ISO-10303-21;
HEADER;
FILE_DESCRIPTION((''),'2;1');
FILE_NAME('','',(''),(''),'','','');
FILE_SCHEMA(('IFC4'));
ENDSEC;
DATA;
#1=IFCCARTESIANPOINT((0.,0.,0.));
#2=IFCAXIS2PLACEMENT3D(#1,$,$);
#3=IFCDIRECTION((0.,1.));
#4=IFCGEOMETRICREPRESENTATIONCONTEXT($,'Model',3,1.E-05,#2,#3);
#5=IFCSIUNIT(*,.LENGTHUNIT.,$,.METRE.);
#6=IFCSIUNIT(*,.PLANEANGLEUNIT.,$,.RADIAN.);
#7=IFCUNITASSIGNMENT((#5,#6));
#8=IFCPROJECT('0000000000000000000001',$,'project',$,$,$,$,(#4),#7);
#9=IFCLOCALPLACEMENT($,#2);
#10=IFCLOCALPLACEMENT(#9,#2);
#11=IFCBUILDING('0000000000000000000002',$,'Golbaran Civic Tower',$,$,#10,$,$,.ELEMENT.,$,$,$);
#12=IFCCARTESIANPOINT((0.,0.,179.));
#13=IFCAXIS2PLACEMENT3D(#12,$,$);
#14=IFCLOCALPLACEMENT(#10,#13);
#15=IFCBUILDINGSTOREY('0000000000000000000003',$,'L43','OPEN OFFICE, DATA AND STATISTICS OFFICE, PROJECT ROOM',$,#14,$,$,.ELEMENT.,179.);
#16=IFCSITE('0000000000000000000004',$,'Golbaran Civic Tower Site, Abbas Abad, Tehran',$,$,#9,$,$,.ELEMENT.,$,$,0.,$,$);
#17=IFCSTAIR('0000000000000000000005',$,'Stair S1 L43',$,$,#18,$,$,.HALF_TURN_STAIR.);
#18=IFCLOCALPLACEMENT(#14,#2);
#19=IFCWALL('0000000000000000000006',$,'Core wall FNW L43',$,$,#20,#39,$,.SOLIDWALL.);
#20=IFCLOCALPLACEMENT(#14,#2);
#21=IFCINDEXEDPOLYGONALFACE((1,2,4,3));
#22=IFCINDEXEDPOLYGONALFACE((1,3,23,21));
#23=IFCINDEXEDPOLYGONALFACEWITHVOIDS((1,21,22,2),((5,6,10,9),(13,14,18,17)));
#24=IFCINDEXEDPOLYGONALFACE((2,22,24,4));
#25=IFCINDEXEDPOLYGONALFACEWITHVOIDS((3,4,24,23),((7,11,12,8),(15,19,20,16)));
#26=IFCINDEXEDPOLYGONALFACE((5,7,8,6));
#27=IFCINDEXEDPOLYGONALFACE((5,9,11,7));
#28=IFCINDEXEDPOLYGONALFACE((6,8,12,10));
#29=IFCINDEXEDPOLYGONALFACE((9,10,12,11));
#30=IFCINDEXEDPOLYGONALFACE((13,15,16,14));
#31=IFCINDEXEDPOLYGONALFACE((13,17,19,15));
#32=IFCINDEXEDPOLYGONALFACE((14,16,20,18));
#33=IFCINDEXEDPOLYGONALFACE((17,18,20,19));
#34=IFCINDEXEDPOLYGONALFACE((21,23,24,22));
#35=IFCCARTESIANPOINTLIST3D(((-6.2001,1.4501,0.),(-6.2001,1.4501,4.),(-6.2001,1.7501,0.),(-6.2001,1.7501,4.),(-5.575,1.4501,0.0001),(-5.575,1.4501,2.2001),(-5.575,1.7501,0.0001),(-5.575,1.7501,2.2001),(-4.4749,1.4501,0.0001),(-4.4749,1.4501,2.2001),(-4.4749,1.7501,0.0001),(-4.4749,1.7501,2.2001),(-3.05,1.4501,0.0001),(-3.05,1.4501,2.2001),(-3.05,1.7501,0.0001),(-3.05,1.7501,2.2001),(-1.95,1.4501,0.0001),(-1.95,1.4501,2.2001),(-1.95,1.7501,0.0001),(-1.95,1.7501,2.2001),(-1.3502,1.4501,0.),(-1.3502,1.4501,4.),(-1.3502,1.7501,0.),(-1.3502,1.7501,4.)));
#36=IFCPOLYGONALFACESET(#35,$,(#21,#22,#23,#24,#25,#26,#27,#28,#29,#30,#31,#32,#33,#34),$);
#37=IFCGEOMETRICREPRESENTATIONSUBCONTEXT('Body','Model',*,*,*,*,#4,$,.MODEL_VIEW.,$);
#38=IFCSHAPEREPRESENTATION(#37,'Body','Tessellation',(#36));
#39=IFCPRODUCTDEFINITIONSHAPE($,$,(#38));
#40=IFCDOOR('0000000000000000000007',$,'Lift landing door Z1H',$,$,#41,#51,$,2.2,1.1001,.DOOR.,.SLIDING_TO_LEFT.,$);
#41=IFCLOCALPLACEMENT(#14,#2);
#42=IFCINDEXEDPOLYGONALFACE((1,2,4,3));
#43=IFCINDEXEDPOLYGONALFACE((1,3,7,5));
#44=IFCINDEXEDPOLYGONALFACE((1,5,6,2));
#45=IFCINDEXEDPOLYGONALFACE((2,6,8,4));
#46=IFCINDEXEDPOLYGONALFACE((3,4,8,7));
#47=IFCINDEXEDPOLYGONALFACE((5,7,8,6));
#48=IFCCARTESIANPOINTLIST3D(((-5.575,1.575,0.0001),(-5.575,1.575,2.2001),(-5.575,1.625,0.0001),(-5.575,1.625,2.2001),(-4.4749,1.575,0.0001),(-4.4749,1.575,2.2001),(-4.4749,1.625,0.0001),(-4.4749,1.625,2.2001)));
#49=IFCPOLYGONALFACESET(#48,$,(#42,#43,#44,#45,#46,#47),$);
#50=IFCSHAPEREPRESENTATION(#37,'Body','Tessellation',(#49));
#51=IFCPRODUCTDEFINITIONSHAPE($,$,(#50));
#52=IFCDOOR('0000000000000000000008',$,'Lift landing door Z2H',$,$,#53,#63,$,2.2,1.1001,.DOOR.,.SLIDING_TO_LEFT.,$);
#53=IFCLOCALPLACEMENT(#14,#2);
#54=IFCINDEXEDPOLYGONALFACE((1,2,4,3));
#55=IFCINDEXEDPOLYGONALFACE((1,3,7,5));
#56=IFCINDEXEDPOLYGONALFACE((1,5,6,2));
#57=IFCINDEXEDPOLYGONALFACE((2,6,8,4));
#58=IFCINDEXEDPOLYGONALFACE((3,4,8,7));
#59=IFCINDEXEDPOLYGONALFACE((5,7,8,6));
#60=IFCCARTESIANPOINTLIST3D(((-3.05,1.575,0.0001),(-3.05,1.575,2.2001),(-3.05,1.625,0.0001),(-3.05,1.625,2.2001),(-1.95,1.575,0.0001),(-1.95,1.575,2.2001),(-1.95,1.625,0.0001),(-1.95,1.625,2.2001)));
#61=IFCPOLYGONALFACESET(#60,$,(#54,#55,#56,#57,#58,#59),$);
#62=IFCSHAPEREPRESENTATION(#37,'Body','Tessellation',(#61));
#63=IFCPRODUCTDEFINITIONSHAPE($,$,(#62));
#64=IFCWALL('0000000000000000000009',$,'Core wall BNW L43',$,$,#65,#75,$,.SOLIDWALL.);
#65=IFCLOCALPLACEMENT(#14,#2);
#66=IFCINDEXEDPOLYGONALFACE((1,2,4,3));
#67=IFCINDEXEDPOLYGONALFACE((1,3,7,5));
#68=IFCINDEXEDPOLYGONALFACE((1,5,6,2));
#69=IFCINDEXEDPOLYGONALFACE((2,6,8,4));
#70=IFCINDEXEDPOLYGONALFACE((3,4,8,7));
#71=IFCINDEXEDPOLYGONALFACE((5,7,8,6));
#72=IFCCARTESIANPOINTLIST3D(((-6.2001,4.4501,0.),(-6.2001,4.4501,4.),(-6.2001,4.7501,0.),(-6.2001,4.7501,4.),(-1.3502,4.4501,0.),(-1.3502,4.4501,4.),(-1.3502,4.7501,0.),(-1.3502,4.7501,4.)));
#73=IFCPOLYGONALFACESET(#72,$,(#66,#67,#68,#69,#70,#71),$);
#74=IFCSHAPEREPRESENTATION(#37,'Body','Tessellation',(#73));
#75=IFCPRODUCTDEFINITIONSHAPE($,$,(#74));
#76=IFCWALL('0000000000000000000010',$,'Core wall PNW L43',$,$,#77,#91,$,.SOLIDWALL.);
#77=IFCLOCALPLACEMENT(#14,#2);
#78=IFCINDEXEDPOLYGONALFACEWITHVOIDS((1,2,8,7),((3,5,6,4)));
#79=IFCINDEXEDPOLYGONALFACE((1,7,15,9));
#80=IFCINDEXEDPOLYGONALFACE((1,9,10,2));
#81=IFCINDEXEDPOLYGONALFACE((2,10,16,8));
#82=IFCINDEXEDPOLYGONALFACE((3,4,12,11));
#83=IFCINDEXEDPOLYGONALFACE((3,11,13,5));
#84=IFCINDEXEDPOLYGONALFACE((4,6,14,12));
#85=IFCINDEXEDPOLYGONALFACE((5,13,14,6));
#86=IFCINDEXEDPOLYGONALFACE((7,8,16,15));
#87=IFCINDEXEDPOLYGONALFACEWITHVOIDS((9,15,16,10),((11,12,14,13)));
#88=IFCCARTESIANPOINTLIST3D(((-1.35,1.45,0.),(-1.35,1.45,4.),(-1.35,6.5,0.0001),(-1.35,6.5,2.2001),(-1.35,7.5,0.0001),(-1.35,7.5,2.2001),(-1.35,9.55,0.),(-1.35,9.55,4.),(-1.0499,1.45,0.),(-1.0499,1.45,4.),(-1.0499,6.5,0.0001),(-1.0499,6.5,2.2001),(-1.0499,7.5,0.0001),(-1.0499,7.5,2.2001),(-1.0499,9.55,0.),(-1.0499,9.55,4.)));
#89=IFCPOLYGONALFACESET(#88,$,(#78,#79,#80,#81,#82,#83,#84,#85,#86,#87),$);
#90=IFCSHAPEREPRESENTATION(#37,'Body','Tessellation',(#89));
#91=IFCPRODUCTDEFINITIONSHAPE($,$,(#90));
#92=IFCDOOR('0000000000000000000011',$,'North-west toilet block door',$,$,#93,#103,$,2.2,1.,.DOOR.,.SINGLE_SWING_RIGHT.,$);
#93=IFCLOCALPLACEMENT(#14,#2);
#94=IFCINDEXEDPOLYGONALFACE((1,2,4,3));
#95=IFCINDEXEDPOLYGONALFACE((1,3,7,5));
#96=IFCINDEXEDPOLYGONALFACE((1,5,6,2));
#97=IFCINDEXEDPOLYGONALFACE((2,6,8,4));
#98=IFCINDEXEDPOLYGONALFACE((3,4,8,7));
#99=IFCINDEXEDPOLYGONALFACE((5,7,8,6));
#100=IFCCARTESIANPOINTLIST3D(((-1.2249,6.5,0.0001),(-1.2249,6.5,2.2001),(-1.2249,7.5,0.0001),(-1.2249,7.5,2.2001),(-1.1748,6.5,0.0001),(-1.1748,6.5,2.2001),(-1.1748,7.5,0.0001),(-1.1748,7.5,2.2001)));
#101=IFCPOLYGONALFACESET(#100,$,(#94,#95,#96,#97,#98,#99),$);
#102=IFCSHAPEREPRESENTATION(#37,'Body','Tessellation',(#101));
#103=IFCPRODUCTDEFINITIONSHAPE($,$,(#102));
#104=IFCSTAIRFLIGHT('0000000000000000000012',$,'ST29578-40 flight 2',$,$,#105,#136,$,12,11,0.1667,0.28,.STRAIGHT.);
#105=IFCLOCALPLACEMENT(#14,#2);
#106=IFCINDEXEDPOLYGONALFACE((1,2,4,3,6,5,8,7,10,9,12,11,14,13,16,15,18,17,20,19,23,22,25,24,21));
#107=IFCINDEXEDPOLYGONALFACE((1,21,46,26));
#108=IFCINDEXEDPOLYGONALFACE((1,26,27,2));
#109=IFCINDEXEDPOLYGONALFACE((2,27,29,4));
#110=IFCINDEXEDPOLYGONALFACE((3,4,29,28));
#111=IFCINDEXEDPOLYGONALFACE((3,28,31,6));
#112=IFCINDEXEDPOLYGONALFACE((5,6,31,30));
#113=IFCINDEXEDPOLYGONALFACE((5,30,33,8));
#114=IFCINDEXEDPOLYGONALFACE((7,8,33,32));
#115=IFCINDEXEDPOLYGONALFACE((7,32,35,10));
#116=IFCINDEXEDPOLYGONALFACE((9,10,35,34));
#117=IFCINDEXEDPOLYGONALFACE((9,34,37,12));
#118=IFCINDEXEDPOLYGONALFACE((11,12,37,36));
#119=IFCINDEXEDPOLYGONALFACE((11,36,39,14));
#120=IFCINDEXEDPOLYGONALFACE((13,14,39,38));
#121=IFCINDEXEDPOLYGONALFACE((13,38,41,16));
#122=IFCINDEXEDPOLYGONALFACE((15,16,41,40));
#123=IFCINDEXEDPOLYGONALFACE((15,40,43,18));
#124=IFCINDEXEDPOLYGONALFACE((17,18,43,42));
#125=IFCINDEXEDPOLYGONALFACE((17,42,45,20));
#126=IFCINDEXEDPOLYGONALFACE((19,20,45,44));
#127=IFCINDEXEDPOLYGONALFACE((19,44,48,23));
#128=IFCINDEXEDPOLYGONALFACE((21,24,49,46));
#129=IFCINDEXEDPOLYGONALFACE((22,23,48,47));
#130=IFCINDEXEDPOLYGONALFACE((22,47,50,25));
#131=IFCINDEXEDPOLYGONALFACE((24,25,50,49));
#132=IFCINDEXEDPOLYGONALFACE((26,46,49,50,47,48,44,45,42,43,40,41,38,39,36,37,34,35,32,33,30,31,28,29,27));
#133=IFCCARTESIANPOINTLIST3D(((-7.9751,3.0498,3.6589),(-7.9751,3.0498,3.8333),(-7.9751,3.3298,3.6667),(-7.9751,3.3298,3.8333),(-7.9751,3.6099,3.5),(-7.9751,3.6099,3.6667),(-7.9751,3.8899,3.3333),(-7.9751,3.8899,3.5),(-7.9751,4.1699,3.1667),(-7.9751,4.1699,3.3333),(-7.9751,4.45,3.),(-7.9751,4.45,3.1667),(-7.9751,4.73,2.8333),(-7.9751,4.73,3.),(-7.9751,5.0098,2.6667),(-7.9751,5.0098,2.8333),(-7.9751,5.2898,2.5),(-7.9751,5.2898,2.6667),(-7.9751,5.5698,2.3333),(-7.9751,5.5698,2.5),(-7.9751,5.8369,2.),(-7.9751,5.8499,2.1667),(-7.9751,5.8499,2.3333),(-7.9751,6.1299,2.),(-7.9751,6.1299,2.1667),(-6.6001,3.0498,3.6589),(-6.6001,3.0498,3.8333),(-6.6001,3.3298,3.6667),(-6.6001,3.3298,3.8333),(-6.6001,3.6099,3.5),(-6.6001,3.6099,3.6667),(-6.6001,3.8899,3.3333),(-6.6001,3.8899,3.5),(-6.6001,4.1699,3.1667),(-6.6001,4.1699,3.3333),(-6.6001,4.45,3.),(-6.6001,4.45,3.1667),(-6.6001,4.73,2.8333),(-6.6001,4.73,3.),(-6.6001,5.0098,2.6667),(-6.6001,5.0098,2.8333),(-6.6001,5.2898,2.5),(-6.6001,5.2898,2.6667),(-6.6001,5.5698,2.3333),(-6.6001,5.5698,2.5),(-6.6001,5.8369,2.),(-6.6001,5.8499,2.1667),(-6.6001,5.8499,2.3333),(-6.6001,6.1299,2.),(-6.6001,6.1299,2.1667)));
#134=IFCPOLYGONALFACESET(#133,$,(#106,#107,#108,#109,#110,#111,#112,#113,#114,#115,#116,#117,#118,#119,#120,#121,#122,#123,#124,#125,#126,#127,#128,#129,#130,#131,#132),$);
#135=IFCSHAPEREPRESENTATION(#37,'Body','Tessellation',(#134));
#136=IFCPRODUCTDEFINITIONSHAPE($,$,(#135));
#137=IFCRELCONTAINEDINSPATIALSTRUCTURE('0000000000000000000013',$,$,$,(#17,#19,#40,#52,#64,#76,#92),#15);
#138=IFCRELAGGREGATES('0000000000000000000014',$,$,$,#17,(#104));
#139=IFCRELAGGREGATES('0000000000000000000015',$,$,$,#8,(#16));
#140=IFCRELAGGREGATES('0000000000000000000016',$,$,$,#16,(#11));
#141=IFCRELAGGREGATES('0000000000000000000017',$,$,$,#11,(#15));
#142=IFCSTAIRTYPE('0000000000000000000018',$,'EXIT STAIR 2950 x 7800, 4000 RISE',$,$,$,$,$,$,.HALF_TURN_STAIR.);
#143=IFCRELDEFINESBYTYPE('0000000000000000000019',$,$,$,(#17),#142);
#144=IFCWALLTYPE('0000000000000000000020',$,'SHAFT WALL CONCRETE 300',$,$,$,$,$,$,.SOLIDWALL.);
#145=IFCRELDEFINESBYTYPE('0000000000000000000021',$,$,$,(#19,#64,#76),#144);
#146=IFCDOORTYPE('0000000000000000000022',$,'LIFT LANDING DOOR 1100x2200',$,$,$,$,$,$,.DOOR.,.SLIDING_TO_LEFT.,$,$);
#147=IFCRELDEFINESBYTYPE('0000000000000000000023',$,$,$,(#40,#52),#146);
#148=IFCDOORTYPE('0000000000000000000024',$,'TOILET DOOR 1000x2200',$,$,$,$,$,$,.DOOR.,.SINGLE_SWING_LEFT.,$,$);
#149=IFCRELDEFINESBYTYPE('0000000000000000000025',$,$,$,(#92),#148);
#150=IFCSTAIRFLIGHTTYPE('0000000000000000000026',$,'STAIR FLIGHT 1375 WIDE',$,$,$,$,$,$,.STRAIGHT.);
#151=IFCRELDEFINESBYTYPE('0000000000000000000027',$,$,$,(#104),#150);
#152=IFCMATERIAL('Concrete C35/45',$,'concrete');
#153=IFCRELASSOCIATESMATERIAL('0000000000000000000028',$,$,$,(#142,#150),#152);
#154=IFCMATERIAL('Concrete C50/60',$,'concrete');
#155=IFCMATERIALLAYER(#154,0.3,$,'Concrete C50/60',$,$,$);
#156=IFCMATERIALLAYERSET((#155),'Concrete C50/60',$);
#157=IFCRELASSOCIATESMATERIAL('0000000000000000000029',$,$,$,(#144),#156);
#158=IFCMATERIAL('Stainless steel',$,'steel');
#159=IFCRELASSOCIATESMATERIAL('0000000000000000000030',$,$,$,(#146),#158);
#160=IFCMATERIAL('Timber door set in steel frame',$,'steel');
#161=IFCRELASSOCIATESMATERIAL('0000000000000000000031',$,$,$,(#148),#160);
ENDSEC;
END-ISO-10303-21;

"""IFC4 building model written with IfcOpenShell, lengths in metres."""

from ifc_helpers import new_model, si_unit, direction, frame, frame_2d, origin, place, context, subcontext, project, spatial, polyline, rectangle, outline, extrude, material, layer, layer_set, type_object, element, fill, aggregate, save


model = new_model("IFC4")

# Units and contexts
model_context = context("Model", 3, precision=1e-05, world=origin(), true_north=direction((0.0, 1.0)))
body_context = subcontext(model_context, "Body", "Model", "MODEL_VIEW")
ifc_project = project(units=[si_unit("LENGTHUNIT", "METRE"), si_unit("PLANEANGLEUNIT", "RADIAN")], contexts=[model_context])

# Site, building, storey
site_placement = place(None, origin())
site = spatial("IfcSite", under=ifc_project, at=site_placement, Name="Golbaran Civic Tower Site, Abbas Abad, Tehran", CompositionType="ELEMENT", RefElevation=0.0)
building_placement = place(site_placement, origin())
building = spatial("IfcBuilding", under=site, at=building_placement, Name="Golbaran Civic Tower", CompositionType="ELEMENT")
storey_placement = place(building_placement, frame((0.0, 0.0, 179.0)))
storey = spatial("IfcBuildingStorey", under=building, at=storey_placement, Name="L43", Description="OPEN OFFICE, DATA AND STATISTICS OFFICE, PROJECT ROOM", CompositionType="ELEMENT", Elevation=179.0)

# Shared definitions
ifc_material_1 = material(Name="Concrete C35/45", Category="concrete")

# Stair
stair_type_1 = type_object("IfcStairType", Name="EXIT STAIR 2950 x 7800, 4000 RISE", PredefinedType="HALF_TURN_STAIR", material=ifc_material_1)
stair_1_placement = place(storey_placement, origin())
stair_1 = element("IfcStair", 1, at=stair_1_placement, inside=storey, type_object=stair_type_1, Name="Stair S1 L43", PredefinedType="HALF_TURN_STAIR")

# Wall, openings, doors
ifc_material_2 = material(Name="Concrete C50/60", Category="concrete")
ifc_layer_1 = layer(ifc_material_2, 0.3, Name="Concrete C50/60")
ifc_layer_set_1 = layer_set([ifc_layer_1], Name="Concrete C50/60")
wall_type_1 = type_object("IfcWallType", Name="SHAFT WALL CONCRETE 300", PredefinedType="SOLIDWALL", material=ifc_layer_set_1)
wall_1_placement = place(storey_placement, frame((-6.2, 1.6001, 0.0), z_axis=(0.0, 0.0, 1.0), x_axis=(1.0, 0.0, 0.0)))
wall_1 = element("IfcWall", 2, at=wall_1_placement, inside=storey, type_object=wall_type_1, Name="Core wall FNW L43", PredefinedType="SOLIDWALL", context=body_context, shape_type="SweptSolid", body=[
    extrude(rectangle(XDim=4.8499, YDim=0.3, at=frame_2d((2.4248, 0.0))), origin(), (0.0, 0.0, 1.0), 4.0),
])
opening_1_placement = place(wall_1_placement, frame((0.625, 0.0, 0.0)))
opening_1 = element("IfcOpeningElement", 3, at=opening_1_placement, cuts=wall_1, PredefinedType="OPENING", context=body_context, shape_type="SweptSolid", body=[
    extrude(rectangle(XDim=1.1001, YDim=2.2, at=frame_2d((0.55, 1.1001))), frame((0.0, 0.1599, 0.0), z_axis=(0.0, -1.0, 0.0), x_axis=(1.0, 0.0, 0.0)), (0.0, 0.0, 1.0), 0.3201),
])
opening_2_placement = place(wall_1_placement, frame((3.1499, 0.0, 0.0)))
opening_2 = element("IfcOpeningElement", 4, at=opening_2_placement, cuts=wall_1, PredefinedType="OPENING", context=body_context, shape_type="SweptSolid", body=[
    extrude(rectangle(XDim=1.1001, YDim=2.2, at=frame_2d((0.55, 1.1001))), frame((0.0, 0.1599, 0.0), z_axis=(0.0, -1.0, 0.0), x_axis=(1.0, 0.0, 0.0)), (0.0, 0.0, 1.0), 0.3201),
])
ifc_material_3 = material(Name="Stainless steel", Category="steel")
door_type_1 = type_object("IfcDoorType", Name="LIFT LANDING DOOR 1100x2200", OperationType="SLIDING_TO_LEFT", PredefinedType="DOOR", material=ifc_material_3)
door_1_placement = place(opening_1_placement, origin())
door_1 = element("IfcDoor", 5, at=door_1_placement, inside=storey, type_object=door_type_1, Name="Lift landing door Z1H", OperationType="SLIDING_TO_LEFT", OverallHeight=2.2, OverallWidth=1.1001, PredefinedType="DOOR", context=body_context, shape_type="SweptSolid", body=[
    extrude(rectangle(XDim=1.1001, YDim=2.2, at=frame_2d((0.55, 1.1001))), frame((0.0, 0.0249, 0.0), z_axis=(0.0, -1.0, 0.0), x_axis=(1.0, 0.0, 0.0)), (0.0, 0.0, 1.0), 0.05),
])
fill(opening_1, door_1)
door_2_placement = place(opening_2_placement, origin())
door_2 = element("IfcDoor", 6, at=door_2_placement, inside=storey, type_object=door_type_1, Name="Lift landing door Z2H", OperationType="SLIDING_TO_LEFT", OverallHeight=2.2, OverallWidth=1.1001, PredefinedType="DOOR", context=body_context, shape_type="SweptSolid", body=[
    extrude(rectangle(XDim=1.1001, YDim=2.2, at=frame_2d((0.55, 1.1001))), frame((0.0, 0.0249, 0.0), z_axis=(0.0, -1.0, 0.0), x_axis=(1.0, 0.0, 0.0)), (0.0, 0.0, 1.0), 0.05),
])
fill(opening_2, door_2)

# Wall
wall_2_placement = place(storey_placement, frame((-6.2, 4.6001, 0.0), z_axis=(0.0, 0.0, 1.0), x_axis=(1.0, 0.0, 0.0)))
element("IfcWall", 7, at=wall_2_placement, inside=storey, type_object=wall_type_1, Name="Core wall BNW L43", PredefinedType="SOLIDWALL", context=body_context, shape_type="SweptSolid", body=[
    extrude(rectangle(XDim=4.8499, YDim=0.3, at=frame_2d((2.4248, 0.0))), origin(), (0.0, 0.0, 1.0), 4.0),
])

# Wall, opening, door
wall_3_placement = place(storey_placement, frame((-1.2, 1.45, 0.0), z_axis=(0.0, 0.0, 1.0), x_axis=(0.0, 1.0, 0.0)))
wall_3 = element("IfcWall", 8, at=wall_3_placement, inside=storey, type_object=wall_type_1, Name="Core wall PNW L43", PredefinedType="SOLIDWALL", context=body_context, shape_type="SweptSolid", body=[
    extrude(rectangle(XDim=8.1001, YDim=0.3, at=frame_2d((4.05, 0.0))), origin(), (0.0, 0.0, 1.0), 4.0),
])
opening_3_placement = place(wall_3_placement, frame((5.05, 0.0, 0.0)))
opening_3 = element("IfcOpeningElement", 9, at=opening_3_placement, cuts=wall_3, PredefinedType="OPENING", context=body_context, shape_type="SweptSolid", body=[
    extrude(rectangle(XDim=1.0, YDim=2.2, at=frame_2d((0.5, 1.1001))), frame((0.0, 0.1599, 0.0), z_axis=(0.0, -1.0, 0.0), x_axis=(1.0, 0.0, 0.0)), (0.0, 0.0, 1.0), 0.3201),
])
ifc_material_4 = material(Name="Timber door set in steel frame", Category="steel")
door_type_2 = type_object("IfcDoorType", Name="TOILET DOOR 1000x2200", OperationType="SINGLE_SWING_LEFT", PredefinedType="DOOR", material=ifc_material_4)
door_3_placement = place(opening_3_placement, origin())
door_3 = element("IfcDoor", 10, at=door_3_placement, inside=storey, type_object=door_type_2, Name="North-west toilet block door", OperationType="SINGLE_SWING_RIGHT", OverallHeight=2.2, OverallWidth=1.0, PredefinedType="DOOR", context=body_context, shape_type="SweptSolid", body=[
    extrude(rectangle(XDim=1.0, YDim=2.2, at=frame_2d((0.5, 1.1001))), frame((0.0, 0.0249, 0.0), z_axis=(0.0, -1.0, 0.0), x_axis=(1.0, 0.0, 0.0)), (0.0, 0.0, 1.0), 0.05),
])
fill(opening_3, door_3)

# Stair flight
stair_flight_type = type_object("IfcStairFlightType", Name="STAIR FLIGHT 1375 WIDE", PredefinedType="STRAIGHT", material=ifc_material_1)
stair_flight_placement = place(storey_placement, frame((-7.2876, 6.1299, 2.0), z_axis=(0.0, 0.0, 1.0), x_axis=(0.0, -1.0, 0.0)))
stair_flight = element("IfcStairFlight", 11, at=stair_flight_placement, type_object=stair_flight_type, Name="ST29578-40 flight 2", NumberOfRisers=12, NumberOfTreads=11, PredefinedType="STRAIGHT", RiserHeight=0.1667, TreadLength=0.28, context=body_context, shape_type="SweptSolid", body=[
    extrude(outline(polyline([(0.0, 0.0), (0.0, 0.1667), (0.28, 0.1667), (0.28, 0.3333), (0.5601, 0.3333), (0.5601, 0.5), (0.8401, 0.5), (0.8401, 0.6667), (1.1201, 0.6667), (1.1201, 0.8333), (1.3999, 0.8333), (1.3999, 1.0), (1.6799, 1.0), (1.6799, 1.1667), (1.96, 1.1667), (1.96, 1.3333), (2.24, 1.3333), (2.24, 1.5), (2.52, 1.5), (2.52, 1.6667), (2.8, 1.6667), (2.8, 1.8333), (3.0801, 1.8333), (3.0801, 2.0), (3.0801, 1.6589), (0.293, 0.0), (0.0, 0.0)])), frame((0.0, 0.6875, 0.0), z_axis=(0.0, -1.0, 0.0), x_axis=(1.0, 0.0, 0.0)), (0.0, 0.0, 1.0), 1.375),
])
aggregate(stair_1, [stair_flight])

save(model, "model.ifc")
